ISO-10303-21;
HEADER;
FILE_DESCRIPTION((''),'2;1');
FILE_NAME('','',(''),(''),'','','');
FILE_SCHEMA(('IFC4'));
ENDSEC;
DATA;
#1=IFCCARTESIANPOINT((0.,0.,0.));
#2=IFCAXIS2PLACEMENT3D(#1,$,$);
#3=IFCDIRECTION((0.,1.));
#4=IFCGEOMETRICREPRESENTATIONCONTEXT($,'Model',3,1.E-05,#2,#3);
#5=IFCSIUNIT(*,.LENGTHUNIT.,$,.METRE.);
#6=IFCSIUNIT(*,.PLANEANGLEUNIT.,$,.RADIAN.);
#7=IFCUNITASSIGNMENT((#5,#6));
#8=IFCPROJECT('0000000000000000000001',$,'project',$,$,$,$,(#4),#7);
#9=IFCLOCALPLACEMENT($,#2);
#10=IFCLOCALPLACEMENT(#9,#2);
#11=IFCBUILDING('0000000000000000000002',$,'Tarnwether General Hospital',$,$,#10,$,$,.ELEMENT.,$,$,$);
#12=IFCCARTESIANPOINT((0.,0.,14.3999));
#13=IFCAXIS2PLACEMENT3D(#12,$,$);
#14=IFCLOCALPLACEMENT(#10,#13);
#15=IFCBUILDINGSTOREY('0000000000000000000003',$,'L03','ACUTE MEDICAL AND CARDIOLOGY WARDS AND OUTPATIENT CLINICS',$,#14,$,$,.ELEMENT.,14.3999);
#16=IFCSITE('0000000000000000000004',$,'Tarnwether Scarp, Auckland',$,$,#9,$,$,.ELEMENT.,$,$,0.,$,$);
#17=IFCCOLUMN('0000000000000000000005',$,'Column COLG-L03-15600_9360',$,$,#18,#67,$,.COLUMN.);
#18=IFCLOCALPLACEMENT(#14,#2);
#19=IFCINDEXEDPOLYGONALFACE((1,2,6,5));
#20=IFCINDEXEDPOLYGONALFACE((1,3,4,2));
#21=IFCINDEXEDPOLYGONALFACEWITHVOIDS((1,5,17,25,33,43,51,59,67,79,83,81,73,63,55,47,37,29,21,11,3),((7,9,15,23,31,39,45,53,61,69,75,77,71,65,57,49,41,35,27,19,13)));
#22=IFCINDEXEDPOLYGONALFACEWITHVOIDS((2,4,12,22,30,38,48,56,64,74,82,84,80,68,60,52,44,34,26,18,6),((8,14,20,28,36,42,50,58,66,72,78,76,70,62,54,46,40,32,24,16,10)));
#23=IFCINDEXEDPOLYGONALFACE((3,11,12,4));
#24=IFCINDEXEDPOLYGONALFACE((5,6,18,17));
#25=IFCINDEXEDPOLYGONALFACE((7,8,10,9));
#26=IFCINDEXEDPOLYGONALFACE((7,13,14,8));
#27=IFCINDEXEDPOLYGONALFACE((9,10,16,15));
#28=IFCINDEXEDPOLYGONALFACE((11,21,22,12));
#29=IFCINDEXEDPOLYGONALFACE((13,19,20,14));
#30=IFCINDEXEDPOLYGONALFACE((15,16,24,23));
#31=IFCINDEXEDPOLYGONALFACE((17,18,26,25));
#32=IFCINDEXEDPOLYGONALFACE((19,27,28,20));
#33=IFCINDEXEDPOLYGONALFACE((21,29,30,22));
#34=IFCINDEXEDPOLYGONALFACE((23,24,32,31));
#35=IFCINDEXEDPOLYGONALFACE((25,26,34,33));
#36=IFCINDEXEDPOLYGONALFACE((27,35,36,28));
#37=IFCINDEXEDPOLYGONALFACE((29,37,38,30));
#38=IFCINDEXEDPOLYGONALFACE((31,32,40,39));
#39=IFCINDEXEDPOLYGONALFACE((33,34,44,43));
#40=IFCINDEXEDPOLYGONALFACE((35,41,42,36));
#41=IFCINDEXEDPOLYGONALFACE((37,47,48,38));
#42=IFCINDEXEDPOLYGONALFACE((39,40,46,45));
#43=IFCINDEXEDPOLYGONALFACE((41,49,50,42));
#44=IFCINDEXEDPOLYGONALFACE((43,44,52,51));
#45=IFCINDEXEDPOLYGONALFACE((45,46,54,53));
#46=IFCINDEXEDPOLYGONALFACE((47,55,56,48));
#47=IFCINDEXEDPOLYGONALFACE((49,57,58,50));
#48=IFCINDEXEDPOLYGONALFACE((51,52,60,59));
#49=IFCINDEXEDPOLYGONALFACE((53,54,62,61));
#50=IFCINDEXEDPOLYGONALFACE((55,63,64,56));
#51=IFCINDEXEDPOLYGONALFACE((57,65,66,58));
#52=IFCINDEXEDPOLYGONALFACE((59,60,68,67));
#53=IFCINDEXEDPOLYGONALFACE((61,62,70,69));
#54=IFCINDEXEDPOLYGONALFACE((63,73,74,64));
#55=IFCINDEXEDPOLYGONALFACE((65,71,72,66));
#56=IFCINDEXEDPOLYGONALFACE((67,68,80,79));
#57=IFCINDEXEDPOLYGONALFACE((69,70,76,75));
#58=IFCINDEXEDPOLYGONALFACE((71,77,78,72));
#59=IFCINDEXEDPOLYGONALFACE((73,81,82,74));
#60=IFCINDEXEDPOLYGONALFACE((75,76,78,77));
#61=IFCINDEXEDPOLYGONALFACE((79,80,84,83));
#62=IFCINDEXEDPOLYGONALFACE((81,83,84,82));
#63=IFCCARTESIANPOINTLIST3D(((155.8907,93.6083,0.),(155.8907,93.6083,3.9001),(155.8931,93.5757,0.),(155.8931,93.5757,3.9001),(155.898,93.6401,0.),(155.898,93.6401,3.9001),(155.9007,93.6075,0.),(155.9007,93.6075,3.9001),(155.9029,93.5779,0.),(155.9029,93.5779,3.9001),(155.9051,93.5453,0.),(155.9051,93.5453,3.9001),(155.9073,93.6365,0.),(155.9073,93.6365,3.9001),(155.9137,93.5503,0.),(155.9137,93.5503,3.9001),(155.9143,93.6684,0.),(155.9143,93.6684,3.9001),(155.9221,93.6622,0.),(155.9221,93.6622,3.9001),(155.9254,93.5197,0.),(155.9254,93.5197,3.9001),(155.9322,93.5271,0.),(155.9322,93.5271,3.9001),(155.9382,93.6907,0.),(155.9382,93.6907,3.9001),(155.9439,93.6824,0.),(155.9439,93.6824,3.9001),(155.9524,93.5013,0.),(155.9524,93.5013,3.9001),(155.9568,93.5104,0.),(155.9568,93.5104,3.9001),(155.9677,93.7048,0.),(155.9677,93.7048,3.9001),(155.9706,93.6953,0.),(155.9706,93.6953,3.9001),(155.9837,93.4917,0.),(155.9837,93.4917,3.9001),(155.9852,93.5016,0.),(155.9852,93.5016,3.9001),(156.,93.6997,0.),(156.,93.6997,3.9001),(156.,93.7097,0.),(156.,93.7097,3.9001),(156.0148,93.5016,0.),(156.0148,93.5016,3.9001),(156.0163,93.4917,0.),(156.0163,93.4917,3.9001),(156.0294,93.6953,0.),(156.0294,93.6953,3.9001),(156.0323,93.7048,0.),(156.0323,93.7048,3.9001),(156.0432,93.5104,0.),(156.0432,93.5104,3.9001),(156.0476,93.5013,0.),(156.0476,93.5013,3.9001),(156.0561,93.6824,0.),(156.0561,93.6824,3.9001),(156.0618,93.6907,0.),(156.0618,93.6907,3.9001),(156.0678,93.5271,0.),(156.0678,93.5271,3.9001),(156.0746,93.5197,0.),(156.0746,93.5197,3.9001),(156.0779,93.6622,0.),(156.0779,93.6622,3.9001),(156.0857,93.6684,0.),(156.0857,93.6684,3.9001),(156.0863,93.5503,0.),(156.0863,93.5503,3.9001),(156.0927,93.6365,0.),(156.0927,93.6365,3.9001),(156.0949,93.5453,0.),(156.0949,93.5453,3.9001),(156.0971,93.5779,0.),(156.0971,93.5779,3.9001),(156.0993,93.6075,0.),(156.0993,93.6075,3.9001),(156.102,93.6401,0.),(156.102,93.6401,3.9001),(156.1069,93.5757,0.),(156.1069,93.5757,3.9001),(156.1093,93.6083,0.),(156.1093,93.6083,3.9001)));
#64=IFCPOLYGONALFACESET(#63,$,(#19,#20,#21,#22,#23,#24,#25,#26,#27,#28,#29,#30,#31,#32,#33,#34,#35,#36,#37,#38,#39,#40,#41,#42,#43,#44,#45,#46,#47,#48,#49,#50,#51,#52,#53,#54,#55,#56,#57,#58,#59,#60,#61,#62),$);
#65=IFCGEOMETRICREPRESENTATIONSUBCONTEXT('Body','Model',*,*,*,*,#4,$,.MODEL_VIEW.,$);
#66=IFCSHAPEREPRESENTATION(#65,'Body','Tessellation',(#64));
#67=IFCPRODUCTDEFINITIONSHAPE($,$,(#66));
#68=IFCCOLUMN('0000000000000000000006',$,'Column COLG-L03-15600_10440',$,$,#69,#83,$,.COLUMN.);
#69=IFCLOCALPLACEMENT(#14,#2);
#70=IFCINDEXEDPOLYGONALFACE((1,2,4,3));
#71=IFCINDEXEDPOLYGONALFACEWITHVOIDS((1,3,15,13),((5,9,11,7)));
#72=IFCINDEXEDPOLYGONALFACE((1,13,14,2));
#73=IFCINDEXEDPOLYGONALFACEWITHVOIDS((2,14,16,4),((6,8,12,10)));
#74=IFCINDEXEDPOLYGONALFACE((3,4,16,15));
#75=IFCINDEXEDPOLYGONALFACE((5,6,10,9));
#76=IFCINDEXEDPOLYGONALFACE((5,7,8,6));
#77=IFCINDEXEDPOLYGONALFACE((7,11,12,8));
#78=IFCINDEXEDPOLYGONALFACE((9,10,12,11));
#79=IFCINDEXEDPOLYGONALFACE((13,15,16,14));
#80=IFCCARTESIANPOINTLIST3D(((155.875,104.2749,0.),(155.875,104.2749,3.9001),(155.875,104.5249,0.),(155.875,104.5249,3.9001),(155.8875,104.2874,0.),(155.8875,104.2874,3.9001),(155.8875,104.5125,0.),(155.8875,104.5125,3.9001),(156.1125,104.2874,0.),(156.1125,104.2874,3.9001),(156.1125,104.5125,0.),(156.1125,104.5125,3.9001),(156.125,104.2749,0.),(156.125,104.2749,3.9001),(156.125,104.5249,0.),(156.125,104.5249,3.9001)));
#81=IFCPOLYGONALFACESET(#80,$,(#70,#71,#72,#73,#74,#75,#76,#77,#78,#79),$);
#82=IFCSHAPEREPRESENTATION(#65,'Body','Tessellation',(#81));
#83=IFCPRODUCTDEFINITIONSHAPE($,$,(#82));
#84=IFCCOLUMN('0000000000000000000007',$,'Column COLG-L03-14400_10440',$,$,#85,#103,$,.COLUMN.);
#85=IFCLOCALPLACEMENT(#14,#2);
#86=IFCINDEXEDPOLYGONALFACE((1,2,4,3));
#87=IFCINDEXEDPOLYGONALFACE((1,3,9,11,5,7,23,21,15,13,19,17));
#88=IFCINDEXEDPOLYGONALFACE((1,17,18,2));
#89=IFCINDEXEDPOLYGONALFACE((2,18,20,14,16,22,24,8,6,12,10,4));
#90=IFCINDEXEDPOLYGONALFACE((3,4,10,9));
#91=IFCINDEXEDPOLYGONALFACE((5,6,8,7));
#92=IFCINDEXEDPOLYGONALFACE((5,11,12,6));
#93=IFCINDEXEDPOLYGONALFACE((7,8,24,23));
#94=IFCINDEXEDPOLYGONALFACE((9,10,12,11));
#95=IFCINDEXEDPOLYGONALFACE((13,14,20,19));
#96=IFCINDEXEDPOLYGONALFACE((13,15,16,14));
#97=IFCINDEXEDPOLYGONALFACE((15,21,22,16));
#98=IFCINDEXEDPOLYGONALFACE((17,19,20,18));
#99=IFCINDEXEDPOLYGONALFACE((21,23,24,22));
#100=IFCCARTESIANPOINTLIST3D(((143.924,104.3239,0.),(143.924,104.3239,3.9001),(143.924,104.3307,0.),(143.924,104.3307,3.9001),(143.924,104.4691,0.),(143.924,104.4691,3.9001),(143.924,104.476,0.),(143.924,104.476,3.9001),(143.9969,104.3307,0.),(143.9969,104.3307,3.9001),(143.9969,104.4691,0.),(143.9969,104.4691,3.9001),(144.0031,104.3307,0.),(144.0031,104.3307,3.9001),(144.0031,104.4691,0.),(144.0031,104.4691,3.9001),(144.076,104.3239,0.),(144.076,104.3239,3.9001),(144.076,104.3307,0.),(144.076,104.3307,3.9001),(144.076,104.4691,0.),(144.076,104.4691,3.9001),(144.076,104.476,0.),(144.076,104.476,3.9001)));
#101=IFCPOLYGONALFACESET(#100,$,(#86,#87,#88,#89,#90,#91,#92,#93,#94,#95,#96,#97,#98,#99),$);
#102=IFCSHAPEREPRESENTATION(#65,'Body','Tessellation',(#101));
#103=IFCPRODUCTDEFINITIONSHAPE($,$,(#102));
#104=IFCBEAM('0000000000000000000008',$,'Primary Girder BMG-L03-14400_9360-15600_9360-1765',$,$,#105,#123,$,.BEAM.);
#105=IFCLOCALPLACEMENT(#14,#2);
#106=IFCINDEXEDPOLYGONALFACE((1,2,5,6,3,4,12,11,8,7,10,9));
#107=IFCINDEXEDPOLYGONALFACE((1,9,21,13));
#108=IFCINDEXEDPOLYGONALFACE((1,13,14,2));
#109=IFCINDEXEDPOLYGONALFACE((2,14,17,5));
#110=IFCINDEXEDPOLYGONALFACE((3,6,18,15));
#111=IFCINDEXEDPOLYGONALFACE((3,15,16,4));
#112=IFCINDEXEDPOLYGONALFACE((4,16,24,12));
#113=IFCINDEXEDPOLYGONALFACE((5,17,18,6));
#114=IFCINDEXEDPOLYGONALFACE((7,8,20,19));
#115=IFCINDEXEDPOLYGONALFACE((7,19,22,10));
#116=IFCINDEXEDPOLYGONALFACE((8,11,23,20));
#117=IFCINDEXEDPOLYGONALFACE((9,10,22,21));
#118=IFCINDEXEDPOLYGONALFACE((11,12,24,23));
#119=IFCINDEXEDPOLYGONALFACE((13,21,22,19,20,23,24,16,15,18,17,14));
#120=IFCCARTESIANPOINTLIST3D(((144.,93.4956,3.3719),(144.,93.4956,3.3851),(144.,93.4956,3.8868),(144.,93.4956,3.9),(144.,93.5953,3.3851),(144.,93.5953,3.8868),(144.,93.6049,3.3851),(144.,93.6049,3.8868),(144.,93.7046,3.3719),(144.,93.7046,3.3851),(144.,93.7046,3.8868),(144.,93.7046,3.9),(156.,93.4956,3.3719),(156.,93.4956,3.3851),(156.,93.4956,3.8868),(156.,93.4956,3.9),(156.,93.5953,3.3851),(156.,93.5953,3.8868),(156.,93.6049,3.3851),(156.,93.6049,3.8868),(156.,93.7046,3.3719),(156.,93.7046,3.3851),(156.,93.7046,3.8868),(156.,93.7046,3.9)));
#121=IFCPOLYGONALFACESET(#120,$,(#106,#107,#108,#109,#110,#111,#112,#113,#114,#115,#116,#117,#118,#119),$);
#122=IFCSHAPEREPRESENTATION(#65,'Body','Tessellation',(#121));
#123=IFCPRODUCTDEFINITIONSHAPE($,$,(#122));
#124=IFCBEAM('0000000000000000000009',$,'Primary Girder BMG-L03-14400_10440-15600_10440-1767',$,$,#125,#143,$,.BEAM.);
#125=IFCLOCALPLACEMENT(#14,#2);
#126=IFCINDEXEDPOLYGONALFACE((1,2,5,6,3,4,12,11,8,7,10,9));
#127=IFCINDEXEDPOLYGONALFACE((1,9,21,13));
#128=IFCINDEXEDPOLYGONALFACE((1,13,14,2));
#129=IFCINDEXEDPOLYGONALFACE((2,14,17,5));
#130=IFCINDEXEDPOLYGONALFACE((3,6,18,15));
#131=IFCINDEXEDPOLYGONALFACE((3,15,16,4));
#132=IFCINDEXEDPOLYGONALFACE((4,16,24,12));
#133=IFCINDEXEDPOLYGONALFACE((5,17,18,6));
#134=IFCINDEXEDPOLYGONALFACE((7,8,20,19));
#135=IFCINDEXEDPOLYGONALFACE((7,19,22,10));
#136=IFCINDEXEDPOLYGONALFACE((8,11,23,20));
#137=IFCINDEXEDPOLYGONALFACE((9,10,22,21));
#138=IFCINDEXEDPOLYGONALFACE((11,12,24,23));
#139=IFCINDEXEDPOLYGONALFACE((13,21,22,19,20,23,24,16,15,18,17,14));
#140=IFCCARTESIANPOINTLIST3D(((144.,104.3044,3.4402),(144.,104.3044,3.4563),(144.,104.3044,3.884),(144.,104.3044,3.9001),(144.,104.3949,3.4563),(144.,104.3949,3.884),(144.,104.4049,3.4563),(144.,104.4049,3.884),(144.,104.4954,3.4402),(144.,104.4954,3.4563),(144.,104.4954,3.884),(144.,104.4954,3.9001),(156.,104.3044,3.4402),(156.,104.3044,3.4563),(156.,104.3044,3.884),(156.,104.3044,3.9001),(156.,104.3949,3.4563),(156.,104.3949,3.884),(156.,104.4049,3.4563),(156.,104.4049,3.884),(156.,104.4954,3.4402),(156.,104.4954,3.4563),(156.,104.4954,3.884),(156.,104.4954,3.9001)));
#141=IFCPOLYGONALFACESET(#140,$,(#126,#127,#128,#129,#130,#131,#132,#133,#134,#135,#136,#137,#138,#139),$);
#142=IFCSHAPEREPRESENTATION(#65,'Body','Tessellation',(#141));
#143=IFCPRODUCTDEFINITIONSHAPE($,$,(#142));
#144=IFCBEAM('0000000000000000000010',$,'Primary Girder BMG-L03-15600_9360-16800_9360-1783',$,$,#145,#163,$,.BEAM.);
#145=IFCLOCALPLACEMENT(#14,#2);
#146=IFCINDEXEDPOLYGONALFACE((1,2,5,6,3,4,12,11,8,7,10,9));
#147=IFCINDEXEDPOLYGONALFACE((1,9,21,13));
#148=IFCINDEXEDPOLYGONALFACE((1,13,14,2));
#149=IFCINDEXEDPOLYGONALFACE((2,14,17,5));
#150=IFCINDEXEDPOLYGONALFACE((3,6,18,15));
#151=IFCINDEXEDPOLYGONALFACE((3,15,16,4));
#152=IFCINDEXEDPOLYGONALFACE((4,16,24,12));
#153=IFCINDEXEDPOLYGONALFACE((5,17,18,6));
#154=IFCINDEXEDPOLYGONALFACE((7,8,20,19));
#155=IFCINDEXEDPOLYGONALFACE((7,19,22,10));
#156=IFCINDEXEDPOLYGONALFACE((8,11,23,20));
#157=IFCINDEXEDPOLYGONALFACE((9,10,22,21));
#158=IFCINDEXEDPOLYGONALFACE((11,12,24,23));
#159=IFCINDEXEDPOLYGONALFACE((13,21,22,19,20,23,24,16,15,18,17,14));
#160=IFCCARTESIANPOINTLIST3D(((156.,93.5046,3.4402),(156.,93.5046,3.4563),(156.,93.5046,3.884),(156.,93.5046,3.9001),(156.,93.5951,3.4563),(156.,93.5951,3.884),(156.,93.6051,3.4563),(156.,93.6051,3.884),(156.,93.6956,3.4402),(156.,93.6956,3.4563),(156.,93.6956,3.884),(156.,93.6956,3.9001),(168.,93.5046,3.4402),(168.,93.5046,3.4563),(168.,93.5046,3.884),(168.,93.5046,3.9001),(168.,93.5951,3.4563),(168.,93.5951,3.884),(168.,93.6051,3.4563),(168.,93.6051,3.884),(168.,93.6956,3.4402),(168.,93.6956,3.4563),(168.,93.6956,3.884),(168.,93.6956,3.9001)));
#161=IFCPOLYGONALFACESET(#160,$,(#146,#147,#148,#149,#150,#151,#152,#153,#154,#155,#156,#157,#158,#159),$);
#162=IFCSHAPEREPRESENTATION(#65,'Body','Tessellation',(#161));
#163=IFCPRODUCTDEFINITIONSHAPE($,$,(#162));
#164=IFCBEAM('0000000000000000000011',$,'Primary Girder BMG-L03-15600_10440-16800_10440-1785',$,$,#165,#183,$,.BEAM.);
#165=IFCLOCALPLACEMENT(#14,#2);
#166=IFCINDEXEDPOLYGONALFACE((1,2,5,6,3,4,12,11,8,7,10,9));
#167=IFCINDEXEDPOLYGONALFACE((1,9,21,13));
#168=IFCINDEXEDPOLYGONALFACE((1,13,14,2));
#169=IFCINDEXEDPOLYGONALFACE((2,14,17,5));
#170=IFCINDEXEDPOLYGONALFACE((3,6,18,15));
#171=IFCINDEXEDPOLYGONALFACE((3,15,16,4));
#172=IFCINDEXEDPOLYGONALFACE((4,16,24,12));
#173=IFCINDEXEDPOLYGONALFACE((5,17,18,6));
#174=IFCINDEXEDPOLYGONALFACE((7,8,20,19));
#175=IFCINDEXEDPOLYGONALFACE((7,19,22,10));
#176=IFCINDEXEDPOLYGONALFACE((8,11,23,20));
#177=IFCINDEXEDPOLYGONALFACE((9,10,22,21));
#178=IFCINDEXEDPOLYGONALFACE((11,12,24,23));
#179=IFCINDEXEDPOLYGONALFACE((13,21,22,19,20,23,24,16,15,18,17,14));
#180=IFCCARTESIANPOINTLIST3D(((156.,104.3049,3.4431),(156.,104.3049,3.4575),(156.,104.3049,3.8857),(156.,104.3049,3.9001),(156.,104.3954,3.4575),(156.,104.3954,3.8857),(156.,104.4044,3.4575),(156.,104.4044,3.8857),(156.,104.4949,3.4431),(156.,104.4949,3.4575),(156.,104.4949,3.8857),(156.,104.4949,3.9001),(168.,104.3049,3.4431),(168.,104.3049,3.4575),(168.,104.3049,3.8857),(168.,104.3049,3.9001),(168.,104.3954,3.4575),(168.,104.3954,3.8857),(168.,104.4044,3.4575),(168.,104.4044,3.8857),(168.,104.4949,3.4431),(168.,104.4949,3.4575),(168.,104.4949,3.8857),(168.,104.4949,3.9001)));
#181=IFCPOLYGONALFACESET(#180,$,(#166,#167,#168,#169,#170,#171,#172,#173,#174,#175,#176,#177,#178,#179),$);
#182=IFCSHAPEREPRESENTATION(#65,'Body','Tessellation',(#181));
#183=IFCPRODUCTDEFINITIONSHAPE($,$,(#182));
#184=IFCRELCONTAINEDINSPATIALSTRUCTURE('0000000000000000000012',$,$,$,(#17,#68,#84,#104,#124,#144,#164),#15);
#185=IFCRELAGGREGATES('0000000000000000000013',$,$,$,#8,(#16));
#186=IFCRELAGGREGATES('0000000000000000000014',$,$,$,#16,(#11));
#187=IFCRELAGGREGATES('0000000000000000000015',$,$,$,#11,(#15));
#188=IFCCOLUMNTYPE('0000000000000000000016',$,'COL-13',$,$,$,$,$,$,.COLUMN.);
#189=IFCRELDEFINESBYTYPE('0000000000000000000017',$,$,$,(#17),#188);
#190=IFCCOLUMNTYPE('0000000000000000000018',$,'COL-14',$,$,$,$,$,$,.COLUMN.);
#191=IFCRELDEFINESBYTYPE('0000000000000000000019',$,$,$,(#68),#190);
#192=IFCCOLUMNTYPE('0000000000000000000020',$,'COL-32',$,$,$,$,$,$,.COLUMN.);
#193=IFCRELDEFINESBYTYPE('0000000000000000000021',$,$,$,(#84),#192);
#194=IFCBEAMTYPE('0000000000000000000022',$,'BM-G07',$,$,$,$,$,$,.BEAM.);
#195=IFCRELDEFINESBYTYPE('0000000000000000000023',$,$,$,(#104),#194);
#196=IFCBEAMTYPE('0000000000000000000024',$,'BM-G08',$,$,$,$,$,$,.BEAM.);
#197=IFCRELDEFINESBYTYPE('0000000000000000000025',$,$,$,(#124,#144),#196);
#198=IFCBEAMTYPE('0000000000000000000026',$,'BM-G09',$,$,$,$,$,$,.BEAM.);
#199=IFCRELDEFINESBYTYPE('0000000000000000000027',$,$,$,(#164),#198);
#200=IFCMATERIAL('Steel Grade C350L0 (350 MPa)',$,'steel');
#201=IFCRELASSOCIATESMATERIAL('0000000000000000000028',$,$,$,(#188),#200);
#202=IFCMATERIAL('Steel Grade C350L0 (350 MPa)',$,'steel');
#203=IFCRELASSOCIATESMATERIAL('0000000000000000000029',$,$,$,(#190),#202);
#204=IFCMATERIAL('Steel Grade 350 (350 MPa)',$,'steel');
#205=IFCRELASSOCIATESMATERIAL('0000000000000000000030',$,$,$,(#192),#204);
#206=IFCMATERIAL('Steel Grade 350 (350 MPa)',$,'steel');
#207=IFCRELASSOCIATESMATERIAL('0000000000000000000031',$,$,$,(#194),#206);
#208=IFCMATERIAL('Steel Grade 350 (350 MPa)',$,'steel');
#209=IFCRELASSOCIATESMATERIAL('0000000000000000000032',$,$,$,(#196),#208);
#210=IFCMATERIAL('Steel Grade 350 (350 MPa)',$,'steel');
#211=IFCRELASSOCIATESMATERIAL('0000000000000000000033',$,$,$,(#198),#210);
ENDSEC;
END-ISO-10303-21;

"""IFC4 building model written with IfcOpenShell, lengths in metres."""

from ifc_helpers import new_model, si_unit, direction, frame, origin, origin_2d, place, context, subcontext, project, spatial, hollow_rectangle, hollow_circle, i_section, extrude, material, material_profile, profile_set, type_object, element, save


model = new_model("IFC4")

# Units and contexts
model_context = context("Model", 3, precision=1e-05, world=origin(), true_north=direction((0.0, 1.0)))
body_context = subcontext(model_context, "Body", "Model", "MODEL_VIEW")
ifc_project = project(units=[si_unit("LENGTHUNIT", "METRE"), si_unit("PLANEANGLEUNIT", "RADIAN")], contexts=[model_context])

# Site, building, storey
site_placement = place(None, origin())
site = spatial("IfcSite", under=ifc_project, at=site_placement, Name="Tarnwether Scarp, Auckland", CompositionType="ELEMENT", RefElevation=0.0)
building_placement = place(site_placement, origin())
building = spatial("IfcBuilding", under=site, at=building_placement, Name="Tarnwether General Hospital", CompositionType="ELEMENT")
storey_placement = place(building_placement, frame((0.0, 0.0, 14.3999)))
storey = spatial("IfcBuildingStorey", under=building, at=storey_placement, Name="L03", Description="ACUTE MEDICAL AND CARDIOLOGY WARDS AND OUTPATIENT CLINICS", CompositionType="ELEMENT", Elevation=14.3999)

# Columns
ifc_material_1 = material(Name="Steel Grade C350L0 (350 MPa)", Category="steel")
ifc_material_profile_1 = material_profile(ifc_material_1, hollow_circle(Radius=0.1096, WallThickness=0.01, at=origin_2d()), Name="CHS219.1x10.0")
ifc_profile_set_1 = profile_set([ifc_material_profile_1], Name="Steel Grade C350L0 (350 MPa)")
column_type_1 = type_object("IfcColumnType", Name="COL-13", PredefinedType="COLUMN", material=ifc_profile_set_1)
column_1_placement = place(storey_placement, frame((156.0, 93.6001, 0.0), z_axis=(0.0, 0.0, 1.0), x_axis=(0.0, 1.0, 0.0)))
element("IfcColumn", 1, at=column_1_placement, inside=storey, type_object=column_type_1, Name="Column COLG-L03-15600_9360", PredefinedType="COLUMN", context=body_context, shape_type="SweptSolid", body=[
    extrude(hollow_circle(Radius=0.1096, WallThickness=0.01, at=origin_2d()), origin(), (0.0, 0.0, 1.0), 3.9001),
])
ifc_material_2 = material(Name="Steel Grade C350L0 (350 MPa)", Category="steel")
ifc_material_profile_2 = material_profile(ifc_material_2, hollow_rectangle(XDim=0.25, YDim=0.25, WallThickness=0.0125, at=origin_2d()), Name="SHS250x250x12.5")
ifc_profile_set_2 = profile_set([ifc_material_profile_2], Name="Steel Grade C350L0 (350 MPa)")
column_type_2 = type_object("IfcColumnType", Name="COL-14", PredefinedType="COLUMN", material=ifc_profile_set_2)
column_2_placement = place(storey_placement, frame((156.0, 104.3999, 0.0), z_axis=(0.0, 0.0, 1.0), x_axis=(0.0, 1.0, 0.0)))
element("IfcColumn", 2, at=column_2_placement, inside=storey, type_object=column_type_2, Name="Column COLG-L03-15600_10440", PredefinedType="COLUMN", context=body_context, shape_type="SweptSolid", body=[
    extrude(hollow_rectangle(XDim=0.25, YDim=0.25, WallThickness=0.0125, at=origin_2d()), origin(), (0.0, 0.0, 1.0), 3.9001),
])
ifc_material_3 = material(Name="Steel Grade 350 (350 MPa)", Category="steel")
ifc_material_profile_3 = material_profile(ifc_material_3, i_section(OverallWidth=0.1521, OverallDepth=0.1521, WebThickness=0.0061, FlangeThickness=0.0068, at=origin_2d()), Name="150UC23.4")
ifc_profile_set_3 = profile_set([ifc_material_profile_3], Name="Steel Grade 350 (350 MPa)")
column_type_3 = type_object("IfcColumnType", Name="COL-32", PredefinedType="COLUMN", material=ifc_profile_set_3)
column_3_placement = place(storey_placement, frame((144.0, 104.3999, 0.0), z_axis=(0.0, 0.0, 1.0), x_axis=(1.0, 0.0, 0.0)))
element("IfcColumn", 3, at=column_3_placement, inside=storey, type_object=column_type_3, Name="Column COLG-L03-14400_10440", PredefinedType="COLUMN", context=body_context, shape_type="SweptSolid", body=[
    extrude(i_section(OverallWidth=0.1521, OverallDepth=0.1521, WebThickness=0.0061, FlangeThickness=0.0068, at=origin_2d()), origin(), (0.0, 0.0, 1.0), 3.9001),
])

# Beams
ifc_material_4 = material(Name="Steel Grade 350 (350 MPa)", Category="steel")
ifc_material_profile_4 = material_profile(ifc_material_4, i_section(OverallWidth=0.209, OverallDepth=0.5281, WebThickness=0.0095, FlangeThickness=0.0132, at=origin_2d()), Name="530UB82.0")
ifc_profile_set_4 = profile_set([ifc_material_profile_4], Name="Steel Grade 350 (350 MPa)")
beam_type_1 = type_object("IfcBeamType", Name="BM-G07", PredefinedType="BEAM", material=ifc_profile_set_4)
beam_1_placement = place(storey_placement, frame((144.0, 93.6001, 3.636), z_axis=(1.0, 0.0, 0.0), x_axis=(0.0, 1.0, 0.0)))
element("IfcBeam", 4, at=beam_1_placement, inside=storey, type_object=beam_type_1, Name="Primary Girder BMG-L03-14400_9360-15600_9360-1765", PredefinedType="BEAM", context=body_context, shape_type="SweptSolid", body=[
    extrude(i_section(OverallWidth=0.209, OverallDepth=0.5281, WebThickness=0.0095, FlangeThickness=0.0132, at=origin_2d()), origin(), (0.0, 0.0, 1.0), 12.0),
])
ifc_material_5 = material(Name="Steel Grade 350 (350 MPa)", Category="steel")
ifc_material_profile_5 = material_profile(ifc_material_5, i_section(OverallWidth=0.1909, OverallDepth=0.46, WebThickness=0.01, FlangeThickness=0.0161, at=origin_2d()), Name="460UB82.1")
ifc_profile_set_5 = profile_set([ifc_material_profile_5], Name="Steel Grade 350 (350 MPa)")
beam_type_2 = type_object("IfcBeamType", Name="BM-G08", PredefinedType="BEAM", material=ifc_profile_set_5)
for number, where, z_axis, x_axis, name in (
    (5, (144.0, 104.3999, 3.6702), (1.0, 0.0, 0.0), (0.0, 1.0, 0.0), "Primary Girder BMG-L03-14400_10440-15600_10440-1767"),
    (6, (156.0, 93.6001, 3.6702), (1.0, 0.0, 0.0), (0.0, 1.0, 0.0), "Primary Girder BMG-L03-15600_9360-16800_9360-1783"),
):
    element("IfcBeam", number, at=place(storey_placement, frame(where, z_axis=z_axis, x_axis=x_axis)), inside=storey, type_object=beam_type_2, Name=name, PredefinedType="BEAM", context=body_context, shape_type="SweptSolid", body=[
        extrude(i_section(OverallWidth=0.1909, OverallDepth=0.46, WebThickness=0.01, FlangeThickness=0.0161, at=origin_2d()), origin(), (0.0, 0.0, 1.0), 12.0),
    ])
ifc_material_6 = material(Name="Steel Grade 350 (350 MPa)", Category="steel")
ifc_material_profile_6 = material_profile(ifc_material_6, i_section(OverallWidth=0.1899, OverallDepth=0.457, WebThickness=0.009, FlangeThickness=0.0144, at=origin_2d()), Name="460UB74.6")
ifc_profile_set_6 = profile_set([ifc_material_profile_6], Name="Steel Grade 350 (350 MPa)")
beam_type_3 = type_object("IfcBeamType", Name="BM-G09", PredefinedType="BEAM", material=ifc_profile_set_6)
beam_2_placement = place(storey_placement, frame((156.0, 104.3999, 3.6716), z_axis=(1.0, 0.0, 0.0), x_axis=(0.0, 1.0, 0.0)))
element("IfcBeam", 7, at=beam_2_placement, inside=storey, type_object=beam_type_3, Name="Primary Girder BMG-L03-15600_10440-16800_10440-1785", PredefinedType="BEAM", context=body_context, shape_type="SweptSolid", body=[
    extrude(i_section(OverallWidth=0.1899, OverallDepth=0.457, WebThickness=0.009, FlangeThickness=0.0144, at=origin_2d()), origin(), (0.0, 0.0, 1.0), 12.0),
])

save(model, "model.ifc")
